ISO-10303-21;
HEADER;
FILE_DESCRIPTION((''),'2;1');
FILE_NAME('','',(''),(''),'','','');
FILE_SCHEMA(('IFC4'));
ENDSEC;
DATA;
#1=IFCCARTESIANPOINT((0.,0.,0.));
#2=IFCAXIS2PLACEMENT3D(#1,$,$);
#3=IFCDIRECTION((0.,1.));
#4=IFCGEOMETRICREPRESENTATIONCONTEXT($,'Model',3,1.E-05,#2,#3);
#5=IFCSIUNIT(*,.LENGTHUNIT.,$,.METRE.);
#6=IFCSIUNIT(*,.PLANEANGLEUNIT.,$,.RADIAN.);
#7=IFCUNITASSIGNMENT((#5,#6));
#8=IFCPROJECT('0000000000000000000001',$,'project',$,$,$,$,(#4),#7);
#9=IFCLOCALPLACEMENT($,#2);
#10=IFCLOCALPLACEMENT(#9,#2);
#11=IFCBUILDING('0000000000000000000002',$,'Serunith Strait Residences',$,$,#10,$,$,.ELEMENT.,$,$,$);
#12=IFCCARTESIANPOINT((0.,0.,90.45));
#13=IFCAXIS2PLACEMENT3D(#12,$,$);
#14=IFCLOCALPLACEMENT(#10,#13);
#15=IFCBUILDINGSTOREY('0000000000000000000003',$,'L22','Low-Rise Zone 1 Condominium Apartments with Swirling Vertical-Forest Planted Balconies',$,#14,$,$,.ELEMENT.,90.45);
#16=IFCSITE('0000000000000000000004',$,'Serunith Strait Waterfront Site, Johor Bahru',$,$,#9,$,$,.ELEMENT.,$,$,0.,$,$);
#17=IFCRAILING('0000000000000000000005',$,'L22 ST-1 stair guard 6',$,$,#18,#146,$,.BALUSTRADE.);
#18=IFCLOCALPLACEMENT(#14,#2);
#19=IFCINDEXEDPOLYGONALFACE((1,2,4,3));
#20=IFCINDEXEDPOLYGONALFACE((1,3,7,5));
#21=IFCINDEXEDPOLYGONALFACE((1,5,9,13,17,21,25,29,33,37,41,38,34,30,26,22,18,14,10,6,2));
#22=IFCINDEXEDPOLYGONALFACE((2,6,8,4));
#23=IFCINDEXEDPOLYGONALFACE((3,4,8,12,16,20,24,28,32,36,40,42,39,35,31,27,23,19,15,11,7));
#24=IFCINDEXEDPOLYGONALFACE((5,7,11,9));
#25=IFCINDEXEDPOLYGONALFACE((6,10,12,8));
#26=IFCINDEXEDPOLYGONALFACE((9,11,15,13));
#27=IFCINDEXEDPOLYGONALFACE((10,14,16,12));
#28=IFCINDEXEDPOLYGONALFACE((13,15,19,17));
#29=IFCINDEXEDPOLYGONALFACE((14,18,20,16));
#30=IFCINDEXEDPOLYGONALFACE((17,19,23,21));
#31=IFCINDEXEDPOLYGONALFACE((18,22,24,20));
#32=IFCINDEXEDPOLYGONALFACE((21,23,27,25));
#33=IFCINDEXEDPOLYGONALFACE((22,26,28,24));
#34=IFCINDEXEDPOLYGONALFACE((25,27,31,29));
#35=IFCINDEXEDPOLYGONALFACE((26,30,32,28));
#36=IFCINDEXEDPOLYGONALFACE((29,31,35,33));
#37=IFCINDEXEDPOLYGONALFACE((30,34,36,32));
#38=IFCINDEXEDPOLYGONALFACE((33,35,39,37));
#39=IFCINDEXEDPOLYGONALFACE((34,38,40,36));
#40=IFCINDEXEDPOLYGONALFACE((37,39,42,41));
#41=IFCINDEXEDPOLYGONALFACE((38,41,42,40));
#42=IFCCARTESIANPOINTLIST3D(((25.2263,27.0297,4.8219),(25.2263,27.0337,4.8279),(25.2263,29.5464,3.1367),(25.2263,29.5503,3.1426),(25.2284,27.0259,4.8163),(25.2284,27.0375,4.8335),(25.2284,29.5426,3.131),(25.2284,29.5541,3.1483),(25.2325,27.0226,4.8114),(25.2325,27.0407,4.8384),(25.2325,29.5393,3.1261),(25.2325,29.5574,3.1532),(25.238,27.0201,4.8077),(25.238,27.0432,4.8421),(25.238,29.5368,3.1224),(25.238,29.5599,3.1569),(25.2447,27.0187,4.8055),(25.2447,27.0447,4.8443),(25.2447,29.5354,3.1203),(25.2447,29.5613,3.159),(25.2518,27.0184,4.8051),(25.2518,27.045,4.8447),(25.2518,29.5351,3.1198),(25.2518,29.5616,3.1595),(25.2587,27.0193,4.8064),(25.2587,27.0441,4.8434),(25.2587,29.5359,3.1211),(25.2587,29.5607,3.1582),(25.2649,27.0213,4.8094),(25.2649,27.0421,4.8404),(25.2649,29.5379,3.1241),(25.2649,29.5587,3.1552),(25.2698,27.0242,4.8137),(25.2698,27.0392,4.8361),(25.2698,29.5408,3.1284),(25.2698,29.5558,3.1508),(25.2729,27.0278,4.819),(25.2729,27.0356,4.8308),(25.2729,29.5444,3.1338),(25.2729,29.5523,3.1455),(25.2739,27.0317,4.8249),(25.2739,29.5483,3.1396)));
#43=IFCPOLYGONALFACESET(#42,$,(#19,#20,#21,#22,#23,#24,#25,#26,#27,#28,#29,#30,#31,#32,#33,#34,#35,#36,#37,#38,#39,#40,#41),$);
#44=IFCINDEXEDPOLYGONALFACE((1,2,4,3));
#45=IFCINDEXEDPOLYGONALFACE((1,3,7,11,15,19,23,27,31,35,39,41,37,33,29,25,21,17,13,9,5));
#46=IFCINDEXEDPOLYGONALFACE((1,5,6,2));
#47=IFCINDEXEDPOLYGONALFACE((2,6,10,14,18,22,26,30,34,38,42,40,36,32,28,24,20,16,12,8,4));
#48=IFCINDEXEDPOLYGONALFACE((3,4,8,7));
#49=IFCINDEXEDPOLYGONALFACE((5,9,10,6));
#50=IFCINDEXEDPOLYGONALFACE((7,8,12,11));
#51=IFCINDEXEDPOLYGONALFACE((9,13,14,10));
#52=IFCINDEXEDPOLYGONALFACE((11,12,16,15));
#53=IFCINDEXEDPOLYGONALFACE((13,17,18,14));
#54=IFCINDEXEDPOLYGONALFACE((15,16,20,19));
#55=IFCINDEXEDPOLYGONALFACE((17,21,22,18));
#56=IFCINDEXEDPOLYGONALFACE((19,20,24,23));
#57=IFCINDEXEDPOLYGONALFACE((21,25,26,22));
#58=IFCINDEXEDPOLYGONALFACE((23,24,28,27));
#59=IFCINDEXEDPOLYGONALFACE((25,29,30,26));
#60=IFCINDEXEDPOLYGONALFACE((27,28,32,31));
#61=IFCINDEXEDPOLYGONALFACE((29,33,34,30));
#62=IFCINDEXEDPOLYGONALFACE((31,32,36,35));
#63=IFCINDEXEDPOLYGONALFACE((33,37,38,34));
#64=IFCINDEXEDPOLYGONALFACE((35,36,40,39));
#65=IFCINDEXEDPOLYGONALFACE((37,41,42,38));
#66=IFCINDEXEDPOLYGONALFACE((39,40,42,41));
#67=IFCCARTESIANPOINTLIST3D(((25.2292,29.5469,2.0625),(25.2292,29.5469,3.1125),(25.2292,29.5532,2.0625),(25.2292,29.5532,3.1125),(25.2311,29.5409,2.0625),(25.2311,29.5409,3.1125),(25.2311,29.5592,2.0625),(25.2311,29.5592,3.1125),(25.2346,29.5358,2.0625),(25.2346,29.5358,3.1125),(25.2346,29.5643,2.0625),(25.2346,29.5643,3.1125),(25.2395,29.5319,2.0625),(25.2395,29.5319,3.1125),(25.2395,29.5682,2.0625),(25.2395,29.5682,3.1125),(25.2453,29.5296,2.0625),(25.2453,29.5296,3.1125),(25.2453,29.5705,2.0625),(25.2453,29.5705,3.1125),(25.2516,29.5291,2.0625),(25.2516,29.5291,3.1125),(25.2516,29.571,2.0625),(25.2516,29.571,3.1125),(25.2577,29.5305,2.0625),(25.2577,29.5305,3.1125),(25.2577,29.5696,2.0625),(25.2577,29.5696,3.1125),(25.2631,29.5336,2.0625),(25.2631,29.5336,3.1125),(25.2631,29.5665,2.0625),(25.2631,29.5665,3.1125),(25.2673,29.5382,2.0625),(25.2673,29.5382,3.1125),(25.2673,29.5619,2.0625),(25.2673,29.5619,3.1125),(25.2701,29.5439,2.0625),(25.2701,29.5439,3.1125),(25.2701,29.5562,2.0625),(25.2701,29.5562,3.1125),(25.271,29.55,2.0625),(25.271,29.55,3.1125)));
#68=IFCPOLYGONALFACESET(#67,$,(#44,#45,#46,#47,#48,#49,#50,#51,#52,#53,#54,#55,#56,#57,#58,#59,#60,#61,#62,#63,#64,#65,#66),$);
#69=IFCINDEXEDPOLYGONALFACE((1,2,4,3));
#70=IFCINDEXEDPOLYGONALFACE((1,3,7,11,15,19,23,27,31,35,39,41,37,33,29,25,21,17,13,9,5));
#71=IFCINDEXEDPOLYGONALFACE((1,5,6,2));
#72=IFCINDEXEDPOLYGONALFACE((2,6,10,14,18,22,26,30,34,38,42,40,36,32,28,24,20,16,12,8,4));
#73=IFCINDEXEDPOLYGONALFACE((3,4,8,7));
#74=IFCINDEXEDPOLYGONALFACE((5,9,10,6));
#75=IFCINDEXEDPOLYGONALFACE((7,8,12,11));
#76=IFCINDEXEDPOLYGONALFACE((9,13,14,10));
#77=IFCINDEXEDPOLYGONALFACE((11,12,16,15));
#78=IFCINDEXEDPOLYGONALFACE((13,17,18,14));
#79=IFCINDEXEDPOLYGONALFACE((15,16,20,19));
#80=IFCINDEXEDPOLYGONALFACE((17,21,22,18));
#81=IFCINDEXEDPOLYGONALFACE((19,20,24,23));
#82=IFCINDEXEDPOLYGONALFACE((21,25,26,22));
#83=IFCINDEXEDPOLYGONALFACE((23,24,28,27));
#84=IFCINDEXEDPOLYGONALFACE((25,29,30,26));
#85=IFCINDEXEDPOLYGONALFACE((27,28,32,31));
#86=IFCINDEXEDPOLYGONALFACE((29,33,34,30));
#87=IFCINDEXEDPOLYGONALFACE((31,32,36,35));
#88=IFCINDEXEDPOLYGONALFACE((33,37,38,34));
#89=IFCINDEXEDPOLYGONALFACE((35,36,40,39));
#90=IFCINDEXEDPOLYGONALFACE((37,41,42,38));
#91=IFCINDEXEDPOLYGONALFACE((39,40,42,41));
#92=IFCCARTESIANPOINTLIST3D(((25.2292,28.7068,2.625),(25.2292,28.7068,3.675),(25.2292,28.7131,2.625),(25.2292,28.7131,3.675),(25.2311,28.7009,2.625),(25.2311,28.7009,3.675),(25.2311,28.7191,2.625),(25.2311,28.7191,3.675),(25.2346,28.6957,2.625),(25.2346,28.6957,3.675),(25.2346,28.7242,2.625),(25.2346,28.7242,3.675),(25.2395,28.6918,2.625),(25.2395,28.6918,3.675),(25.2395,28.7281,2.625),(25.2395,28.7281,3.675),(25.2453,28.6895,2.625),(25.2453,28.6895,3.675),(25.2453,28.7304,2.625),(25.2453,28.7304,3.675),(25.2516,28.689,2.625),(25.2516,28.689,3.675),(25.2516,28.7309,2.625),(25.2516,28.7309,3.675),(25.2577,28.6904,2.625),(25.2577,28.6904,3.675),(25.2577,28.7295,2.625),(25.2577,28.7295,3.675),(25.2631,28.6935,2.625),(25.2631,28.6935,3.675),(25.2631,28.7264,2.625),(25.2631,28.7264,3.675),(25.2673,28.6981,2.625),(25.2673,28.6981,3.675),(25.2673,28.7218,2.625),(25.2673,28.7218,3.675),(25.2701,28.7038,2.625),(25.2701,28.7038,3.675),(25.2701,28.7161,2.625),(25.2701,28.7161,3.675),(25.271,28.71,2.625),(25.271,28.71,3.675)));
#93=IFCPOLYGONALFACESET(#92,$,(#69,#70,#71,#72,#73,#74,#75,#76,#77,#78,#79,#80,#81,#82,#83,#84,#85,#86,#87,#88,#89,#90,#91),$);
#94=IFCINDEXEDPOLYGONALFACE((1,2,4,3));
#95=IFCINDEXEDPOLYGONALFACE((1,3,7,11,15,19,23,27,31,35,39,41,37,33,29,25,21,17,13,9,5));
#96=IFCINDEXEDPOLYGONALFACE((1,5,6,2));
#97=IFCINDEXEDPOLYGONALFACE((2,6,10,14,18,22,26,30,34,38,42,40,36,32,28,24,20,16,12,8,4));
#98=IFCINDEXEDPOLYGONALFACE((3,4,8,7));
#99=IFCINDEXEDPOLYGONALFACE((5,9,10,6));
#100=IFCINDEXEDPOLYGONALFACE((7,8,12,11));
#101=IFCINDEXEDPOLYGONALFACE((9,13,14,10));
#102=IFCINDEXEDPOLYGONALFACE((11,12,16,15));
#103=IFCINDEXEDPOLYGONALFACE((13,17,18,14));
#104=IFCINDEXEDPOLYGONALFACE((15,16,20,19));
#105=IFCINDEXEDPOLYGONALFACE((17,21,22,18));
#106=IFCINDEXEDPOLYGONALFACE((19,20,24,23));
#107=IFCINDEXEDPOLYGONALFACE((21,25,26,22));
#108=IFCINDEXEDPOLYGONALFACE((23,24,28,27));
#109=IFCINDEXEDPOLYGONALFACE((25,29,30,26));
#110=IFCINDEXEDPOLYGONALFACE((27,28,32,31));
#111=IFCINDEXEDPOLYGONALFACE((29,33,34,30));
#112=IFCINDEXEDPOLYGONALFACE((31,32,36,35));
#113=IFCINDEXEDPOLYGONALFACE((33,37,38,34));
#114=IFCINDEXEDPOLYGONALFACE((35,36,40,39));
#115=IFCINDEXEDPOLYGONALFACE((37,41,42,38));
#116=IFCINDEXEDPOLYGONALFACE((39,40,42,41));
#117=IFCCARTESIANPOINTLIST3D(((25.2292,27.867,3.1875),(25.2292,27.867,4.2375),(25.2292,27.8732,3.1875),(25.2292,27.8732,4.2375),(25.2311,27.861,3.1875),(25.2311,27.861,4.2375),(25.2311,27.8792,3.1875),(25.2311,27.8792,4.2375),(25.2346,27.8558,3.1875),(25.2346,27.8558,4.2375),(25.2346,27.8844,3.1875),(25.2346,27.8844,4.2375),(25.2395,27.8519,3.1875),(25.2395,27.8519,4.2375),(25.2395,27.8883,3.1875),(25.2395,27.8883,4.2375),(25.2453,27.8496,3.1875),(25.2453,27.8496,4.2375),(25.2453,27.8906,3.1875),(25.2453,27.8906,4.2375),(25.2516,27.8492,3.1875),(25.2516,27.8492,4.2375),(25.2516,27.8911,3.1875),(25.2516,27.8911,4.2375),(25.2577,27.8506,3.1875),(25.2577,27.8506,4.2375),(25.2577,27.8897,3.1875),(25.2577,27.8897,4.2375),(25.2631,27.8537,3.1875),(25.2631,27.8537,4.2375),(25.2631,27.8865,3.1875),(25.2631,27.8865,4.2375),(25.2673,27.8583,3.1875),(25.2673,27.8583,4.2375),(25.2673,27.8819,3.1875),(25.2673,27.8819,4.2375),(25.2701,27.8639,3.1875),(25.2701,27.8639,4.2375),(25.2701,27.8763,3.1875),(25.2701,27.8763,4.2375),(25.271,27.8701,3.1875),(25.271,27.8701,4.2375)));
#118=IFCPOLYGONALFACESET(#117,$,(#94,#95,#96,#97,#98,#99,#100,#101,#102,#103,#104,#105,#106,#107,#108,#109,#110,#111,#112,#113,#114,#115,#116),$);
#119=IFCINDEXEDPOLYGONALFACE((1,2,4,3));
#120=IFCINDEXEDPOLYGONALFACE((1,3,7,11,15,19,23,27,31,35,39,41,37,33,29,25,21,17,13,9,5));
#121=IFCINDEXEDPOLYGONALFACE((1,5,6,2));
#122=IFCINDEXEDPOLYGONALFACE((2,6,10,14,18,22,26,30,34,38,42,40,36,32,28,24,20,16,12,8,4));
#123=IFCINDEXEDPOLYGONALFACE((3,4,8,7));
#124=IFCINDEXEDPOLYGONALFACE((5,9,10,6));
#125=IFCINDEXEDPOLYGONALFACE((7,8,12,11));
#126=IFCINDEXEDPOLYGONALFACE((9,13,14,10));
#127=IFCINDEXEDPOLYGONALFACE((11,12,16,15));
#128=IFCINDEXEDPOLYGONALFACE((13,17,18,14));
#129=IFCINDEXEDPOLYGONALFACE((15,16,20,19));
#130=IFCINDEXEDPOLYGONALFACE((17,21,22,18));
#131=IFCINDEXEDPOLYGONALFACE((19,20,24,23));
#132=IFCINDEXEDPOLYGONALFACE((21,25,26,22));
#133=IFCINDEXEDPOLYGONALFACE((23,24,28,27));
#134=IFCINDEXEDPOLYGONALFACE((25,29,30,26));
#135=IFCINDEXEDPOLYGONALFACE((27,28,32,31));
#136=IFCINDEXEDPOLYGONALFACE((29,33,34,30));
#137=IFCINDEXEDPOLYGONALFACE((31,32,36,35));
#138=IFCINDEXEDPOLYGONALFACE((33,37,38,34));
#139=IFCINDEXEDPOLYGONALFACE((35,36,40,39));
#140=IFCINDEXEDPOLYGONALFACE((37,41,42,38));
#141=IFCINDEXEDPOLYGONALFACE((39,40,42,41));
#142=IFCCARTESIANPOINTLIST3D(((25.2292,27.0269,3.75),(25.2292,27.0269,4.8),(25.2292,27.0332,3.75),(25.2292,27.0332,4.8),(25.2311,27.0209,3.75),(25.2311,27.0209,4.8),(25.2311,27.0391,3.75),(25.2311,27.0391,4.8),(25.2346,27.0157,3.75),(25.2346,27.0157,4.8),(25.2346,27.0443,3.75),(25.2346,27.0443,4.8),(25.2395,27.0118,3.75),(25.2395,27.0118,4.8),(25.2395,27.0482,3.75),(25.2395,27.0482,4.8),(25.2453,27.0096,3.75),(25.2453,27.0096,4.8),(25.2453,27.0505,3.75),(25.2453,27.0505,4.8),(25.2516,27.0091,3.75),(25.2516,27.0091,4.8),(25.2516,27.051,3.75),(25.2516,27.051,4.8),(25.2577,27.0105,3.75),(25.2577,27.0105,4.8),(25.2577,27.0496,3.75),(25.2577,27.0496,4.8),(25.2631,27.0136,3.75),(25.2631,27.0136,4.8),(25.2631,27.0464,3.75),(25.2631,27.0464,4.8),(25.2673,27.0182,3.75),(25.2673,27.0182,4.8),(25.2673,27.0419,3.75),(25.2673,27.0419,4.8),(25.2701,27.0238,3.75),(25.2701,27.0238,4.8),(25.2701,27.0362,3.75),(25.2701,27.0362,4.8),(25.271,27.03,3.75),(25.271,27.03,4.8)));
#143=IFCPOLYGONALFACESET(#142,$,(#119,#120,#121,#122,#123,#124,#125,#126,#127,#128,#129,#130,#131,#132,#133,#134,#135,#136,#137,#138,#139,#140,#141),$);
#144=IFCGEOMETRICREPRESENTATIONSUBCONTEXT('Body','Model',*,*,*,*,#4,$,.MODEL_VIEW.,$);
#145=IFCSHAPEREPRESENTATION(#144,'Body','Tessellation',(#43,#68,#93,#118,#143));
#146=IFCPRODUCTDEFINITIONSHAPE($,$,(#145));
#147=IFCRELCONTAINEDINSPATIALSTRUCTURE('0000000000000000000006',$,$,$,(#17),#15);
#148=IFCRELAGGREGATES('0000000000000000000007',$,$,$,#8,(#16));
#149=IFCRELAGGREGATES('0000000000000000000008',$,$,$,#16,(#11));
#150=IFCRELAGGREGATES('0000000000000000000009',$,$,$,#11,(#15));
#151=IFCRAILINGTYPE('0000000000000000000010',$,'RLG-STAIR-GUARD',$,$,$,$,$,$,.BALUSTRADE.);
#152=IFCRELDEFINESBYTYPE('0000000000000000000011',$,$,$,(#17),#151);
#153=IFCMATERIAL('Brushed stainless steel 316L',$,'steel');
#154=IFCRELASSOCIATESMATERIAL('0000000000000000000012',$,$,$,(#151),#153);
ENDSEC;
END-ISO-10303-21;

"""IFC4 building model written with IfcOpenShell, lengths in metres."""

from ifc_helpers import new_model, si_unit, direction, frame, origin, origin_2d, place, context, subcontext, project, spatial, circle, extrude, material, type_object, element, save


model = new_model("IFC4")

# Units and contexts
model_context = context("Model", 3, precision=1e-05, world=origin(), true_north=direction((0.0, 1.0)))
body_context = subcontext(model_context, "Body", "Model", "MODEL_VIEW")
ifc_project = project(units=[si_unit("LENGTHUNIT", "METRE"), si_unit("PLANEANGLEUNIT", "RADIAN")], contexts=[model_context])

# Site, building, storey
site_placement = place(None, origin())
site = spatial("IfcSite", under=ifc_project, at=site_placement, Name="Serunith Strait Waterfront Site, Johor Bahru", CompositionType="ELEMENT", RefElevation=0.0)
building_placement = place(site_placement, origin())
building = spatial("IfcBuilding", under=site, at=building_placement, Name="Serunith Strait Residences", CompositionType="ELEMENT")
storey_placement = place(building_placement, frame((0.0, 0.0, 90.45)))
storey = spatial("IfcBuildingStorey", under=building, at=storey_placement, Name="L22", Description="Low-Rise Zone 1 Condominium Apartments with Swirling Vertical-Forest Planted Balconies", CompositionType="ELEMENT", Elevation=90.45)

# Railing
ifc_material_1 = material(Name="Brushed stainless steel 316L", Category="steel")
railing_type_1 = type_object("IfcRailingType", Name="RLG-STAIR-GUARD", PredefinedType="BALUSTRADE", material=ifc_material_1)
railing_1_placement = place(storey_placement, frame((25.25, 29.55, 2.0625)))
element("IfcRailing", 1, at=railing_1_placement, inside=storey, type_object=railing_type_1, Name="L22 ST-1 stair guard 6", PredefinedType="BALUSTRADE", context=body_context, shape_type="SweptSolid", body=[
    extrude(circle(Radius=0.0239, at=origin_2d()), frame((0.0, -0.0017, 1.0771), z_axis=(0.0, -0.830909, 0.556408), x_axis=(1.0, 0.0, 0.0)), (0.0, 0.0, 1.0), 3.0288),
    extrude(circle(Radius=0.021, at=origin_2d()), origin(), (0.0, 0.0, 1.0), 1.05),
    extrude(circle(Radius=0.021, at=origin_2d()), frame((0.0, -0.8401, 0.5625)), (0.0, 0.0, 1.0), 1.05),
    extrude(circle(Radius=0.021, at=origin_2d()), frame((0.0, -1.6799, 1.125)), (0.0, 0.0, 1.0), 1.05),
    extrude(circle(Radius=0.021, at=origin_2d()), frame((0.0, -2.52, 1.6875)), (0.0, 0.0, 1.0), 1.05),
])

save(model, "model.ifc")
